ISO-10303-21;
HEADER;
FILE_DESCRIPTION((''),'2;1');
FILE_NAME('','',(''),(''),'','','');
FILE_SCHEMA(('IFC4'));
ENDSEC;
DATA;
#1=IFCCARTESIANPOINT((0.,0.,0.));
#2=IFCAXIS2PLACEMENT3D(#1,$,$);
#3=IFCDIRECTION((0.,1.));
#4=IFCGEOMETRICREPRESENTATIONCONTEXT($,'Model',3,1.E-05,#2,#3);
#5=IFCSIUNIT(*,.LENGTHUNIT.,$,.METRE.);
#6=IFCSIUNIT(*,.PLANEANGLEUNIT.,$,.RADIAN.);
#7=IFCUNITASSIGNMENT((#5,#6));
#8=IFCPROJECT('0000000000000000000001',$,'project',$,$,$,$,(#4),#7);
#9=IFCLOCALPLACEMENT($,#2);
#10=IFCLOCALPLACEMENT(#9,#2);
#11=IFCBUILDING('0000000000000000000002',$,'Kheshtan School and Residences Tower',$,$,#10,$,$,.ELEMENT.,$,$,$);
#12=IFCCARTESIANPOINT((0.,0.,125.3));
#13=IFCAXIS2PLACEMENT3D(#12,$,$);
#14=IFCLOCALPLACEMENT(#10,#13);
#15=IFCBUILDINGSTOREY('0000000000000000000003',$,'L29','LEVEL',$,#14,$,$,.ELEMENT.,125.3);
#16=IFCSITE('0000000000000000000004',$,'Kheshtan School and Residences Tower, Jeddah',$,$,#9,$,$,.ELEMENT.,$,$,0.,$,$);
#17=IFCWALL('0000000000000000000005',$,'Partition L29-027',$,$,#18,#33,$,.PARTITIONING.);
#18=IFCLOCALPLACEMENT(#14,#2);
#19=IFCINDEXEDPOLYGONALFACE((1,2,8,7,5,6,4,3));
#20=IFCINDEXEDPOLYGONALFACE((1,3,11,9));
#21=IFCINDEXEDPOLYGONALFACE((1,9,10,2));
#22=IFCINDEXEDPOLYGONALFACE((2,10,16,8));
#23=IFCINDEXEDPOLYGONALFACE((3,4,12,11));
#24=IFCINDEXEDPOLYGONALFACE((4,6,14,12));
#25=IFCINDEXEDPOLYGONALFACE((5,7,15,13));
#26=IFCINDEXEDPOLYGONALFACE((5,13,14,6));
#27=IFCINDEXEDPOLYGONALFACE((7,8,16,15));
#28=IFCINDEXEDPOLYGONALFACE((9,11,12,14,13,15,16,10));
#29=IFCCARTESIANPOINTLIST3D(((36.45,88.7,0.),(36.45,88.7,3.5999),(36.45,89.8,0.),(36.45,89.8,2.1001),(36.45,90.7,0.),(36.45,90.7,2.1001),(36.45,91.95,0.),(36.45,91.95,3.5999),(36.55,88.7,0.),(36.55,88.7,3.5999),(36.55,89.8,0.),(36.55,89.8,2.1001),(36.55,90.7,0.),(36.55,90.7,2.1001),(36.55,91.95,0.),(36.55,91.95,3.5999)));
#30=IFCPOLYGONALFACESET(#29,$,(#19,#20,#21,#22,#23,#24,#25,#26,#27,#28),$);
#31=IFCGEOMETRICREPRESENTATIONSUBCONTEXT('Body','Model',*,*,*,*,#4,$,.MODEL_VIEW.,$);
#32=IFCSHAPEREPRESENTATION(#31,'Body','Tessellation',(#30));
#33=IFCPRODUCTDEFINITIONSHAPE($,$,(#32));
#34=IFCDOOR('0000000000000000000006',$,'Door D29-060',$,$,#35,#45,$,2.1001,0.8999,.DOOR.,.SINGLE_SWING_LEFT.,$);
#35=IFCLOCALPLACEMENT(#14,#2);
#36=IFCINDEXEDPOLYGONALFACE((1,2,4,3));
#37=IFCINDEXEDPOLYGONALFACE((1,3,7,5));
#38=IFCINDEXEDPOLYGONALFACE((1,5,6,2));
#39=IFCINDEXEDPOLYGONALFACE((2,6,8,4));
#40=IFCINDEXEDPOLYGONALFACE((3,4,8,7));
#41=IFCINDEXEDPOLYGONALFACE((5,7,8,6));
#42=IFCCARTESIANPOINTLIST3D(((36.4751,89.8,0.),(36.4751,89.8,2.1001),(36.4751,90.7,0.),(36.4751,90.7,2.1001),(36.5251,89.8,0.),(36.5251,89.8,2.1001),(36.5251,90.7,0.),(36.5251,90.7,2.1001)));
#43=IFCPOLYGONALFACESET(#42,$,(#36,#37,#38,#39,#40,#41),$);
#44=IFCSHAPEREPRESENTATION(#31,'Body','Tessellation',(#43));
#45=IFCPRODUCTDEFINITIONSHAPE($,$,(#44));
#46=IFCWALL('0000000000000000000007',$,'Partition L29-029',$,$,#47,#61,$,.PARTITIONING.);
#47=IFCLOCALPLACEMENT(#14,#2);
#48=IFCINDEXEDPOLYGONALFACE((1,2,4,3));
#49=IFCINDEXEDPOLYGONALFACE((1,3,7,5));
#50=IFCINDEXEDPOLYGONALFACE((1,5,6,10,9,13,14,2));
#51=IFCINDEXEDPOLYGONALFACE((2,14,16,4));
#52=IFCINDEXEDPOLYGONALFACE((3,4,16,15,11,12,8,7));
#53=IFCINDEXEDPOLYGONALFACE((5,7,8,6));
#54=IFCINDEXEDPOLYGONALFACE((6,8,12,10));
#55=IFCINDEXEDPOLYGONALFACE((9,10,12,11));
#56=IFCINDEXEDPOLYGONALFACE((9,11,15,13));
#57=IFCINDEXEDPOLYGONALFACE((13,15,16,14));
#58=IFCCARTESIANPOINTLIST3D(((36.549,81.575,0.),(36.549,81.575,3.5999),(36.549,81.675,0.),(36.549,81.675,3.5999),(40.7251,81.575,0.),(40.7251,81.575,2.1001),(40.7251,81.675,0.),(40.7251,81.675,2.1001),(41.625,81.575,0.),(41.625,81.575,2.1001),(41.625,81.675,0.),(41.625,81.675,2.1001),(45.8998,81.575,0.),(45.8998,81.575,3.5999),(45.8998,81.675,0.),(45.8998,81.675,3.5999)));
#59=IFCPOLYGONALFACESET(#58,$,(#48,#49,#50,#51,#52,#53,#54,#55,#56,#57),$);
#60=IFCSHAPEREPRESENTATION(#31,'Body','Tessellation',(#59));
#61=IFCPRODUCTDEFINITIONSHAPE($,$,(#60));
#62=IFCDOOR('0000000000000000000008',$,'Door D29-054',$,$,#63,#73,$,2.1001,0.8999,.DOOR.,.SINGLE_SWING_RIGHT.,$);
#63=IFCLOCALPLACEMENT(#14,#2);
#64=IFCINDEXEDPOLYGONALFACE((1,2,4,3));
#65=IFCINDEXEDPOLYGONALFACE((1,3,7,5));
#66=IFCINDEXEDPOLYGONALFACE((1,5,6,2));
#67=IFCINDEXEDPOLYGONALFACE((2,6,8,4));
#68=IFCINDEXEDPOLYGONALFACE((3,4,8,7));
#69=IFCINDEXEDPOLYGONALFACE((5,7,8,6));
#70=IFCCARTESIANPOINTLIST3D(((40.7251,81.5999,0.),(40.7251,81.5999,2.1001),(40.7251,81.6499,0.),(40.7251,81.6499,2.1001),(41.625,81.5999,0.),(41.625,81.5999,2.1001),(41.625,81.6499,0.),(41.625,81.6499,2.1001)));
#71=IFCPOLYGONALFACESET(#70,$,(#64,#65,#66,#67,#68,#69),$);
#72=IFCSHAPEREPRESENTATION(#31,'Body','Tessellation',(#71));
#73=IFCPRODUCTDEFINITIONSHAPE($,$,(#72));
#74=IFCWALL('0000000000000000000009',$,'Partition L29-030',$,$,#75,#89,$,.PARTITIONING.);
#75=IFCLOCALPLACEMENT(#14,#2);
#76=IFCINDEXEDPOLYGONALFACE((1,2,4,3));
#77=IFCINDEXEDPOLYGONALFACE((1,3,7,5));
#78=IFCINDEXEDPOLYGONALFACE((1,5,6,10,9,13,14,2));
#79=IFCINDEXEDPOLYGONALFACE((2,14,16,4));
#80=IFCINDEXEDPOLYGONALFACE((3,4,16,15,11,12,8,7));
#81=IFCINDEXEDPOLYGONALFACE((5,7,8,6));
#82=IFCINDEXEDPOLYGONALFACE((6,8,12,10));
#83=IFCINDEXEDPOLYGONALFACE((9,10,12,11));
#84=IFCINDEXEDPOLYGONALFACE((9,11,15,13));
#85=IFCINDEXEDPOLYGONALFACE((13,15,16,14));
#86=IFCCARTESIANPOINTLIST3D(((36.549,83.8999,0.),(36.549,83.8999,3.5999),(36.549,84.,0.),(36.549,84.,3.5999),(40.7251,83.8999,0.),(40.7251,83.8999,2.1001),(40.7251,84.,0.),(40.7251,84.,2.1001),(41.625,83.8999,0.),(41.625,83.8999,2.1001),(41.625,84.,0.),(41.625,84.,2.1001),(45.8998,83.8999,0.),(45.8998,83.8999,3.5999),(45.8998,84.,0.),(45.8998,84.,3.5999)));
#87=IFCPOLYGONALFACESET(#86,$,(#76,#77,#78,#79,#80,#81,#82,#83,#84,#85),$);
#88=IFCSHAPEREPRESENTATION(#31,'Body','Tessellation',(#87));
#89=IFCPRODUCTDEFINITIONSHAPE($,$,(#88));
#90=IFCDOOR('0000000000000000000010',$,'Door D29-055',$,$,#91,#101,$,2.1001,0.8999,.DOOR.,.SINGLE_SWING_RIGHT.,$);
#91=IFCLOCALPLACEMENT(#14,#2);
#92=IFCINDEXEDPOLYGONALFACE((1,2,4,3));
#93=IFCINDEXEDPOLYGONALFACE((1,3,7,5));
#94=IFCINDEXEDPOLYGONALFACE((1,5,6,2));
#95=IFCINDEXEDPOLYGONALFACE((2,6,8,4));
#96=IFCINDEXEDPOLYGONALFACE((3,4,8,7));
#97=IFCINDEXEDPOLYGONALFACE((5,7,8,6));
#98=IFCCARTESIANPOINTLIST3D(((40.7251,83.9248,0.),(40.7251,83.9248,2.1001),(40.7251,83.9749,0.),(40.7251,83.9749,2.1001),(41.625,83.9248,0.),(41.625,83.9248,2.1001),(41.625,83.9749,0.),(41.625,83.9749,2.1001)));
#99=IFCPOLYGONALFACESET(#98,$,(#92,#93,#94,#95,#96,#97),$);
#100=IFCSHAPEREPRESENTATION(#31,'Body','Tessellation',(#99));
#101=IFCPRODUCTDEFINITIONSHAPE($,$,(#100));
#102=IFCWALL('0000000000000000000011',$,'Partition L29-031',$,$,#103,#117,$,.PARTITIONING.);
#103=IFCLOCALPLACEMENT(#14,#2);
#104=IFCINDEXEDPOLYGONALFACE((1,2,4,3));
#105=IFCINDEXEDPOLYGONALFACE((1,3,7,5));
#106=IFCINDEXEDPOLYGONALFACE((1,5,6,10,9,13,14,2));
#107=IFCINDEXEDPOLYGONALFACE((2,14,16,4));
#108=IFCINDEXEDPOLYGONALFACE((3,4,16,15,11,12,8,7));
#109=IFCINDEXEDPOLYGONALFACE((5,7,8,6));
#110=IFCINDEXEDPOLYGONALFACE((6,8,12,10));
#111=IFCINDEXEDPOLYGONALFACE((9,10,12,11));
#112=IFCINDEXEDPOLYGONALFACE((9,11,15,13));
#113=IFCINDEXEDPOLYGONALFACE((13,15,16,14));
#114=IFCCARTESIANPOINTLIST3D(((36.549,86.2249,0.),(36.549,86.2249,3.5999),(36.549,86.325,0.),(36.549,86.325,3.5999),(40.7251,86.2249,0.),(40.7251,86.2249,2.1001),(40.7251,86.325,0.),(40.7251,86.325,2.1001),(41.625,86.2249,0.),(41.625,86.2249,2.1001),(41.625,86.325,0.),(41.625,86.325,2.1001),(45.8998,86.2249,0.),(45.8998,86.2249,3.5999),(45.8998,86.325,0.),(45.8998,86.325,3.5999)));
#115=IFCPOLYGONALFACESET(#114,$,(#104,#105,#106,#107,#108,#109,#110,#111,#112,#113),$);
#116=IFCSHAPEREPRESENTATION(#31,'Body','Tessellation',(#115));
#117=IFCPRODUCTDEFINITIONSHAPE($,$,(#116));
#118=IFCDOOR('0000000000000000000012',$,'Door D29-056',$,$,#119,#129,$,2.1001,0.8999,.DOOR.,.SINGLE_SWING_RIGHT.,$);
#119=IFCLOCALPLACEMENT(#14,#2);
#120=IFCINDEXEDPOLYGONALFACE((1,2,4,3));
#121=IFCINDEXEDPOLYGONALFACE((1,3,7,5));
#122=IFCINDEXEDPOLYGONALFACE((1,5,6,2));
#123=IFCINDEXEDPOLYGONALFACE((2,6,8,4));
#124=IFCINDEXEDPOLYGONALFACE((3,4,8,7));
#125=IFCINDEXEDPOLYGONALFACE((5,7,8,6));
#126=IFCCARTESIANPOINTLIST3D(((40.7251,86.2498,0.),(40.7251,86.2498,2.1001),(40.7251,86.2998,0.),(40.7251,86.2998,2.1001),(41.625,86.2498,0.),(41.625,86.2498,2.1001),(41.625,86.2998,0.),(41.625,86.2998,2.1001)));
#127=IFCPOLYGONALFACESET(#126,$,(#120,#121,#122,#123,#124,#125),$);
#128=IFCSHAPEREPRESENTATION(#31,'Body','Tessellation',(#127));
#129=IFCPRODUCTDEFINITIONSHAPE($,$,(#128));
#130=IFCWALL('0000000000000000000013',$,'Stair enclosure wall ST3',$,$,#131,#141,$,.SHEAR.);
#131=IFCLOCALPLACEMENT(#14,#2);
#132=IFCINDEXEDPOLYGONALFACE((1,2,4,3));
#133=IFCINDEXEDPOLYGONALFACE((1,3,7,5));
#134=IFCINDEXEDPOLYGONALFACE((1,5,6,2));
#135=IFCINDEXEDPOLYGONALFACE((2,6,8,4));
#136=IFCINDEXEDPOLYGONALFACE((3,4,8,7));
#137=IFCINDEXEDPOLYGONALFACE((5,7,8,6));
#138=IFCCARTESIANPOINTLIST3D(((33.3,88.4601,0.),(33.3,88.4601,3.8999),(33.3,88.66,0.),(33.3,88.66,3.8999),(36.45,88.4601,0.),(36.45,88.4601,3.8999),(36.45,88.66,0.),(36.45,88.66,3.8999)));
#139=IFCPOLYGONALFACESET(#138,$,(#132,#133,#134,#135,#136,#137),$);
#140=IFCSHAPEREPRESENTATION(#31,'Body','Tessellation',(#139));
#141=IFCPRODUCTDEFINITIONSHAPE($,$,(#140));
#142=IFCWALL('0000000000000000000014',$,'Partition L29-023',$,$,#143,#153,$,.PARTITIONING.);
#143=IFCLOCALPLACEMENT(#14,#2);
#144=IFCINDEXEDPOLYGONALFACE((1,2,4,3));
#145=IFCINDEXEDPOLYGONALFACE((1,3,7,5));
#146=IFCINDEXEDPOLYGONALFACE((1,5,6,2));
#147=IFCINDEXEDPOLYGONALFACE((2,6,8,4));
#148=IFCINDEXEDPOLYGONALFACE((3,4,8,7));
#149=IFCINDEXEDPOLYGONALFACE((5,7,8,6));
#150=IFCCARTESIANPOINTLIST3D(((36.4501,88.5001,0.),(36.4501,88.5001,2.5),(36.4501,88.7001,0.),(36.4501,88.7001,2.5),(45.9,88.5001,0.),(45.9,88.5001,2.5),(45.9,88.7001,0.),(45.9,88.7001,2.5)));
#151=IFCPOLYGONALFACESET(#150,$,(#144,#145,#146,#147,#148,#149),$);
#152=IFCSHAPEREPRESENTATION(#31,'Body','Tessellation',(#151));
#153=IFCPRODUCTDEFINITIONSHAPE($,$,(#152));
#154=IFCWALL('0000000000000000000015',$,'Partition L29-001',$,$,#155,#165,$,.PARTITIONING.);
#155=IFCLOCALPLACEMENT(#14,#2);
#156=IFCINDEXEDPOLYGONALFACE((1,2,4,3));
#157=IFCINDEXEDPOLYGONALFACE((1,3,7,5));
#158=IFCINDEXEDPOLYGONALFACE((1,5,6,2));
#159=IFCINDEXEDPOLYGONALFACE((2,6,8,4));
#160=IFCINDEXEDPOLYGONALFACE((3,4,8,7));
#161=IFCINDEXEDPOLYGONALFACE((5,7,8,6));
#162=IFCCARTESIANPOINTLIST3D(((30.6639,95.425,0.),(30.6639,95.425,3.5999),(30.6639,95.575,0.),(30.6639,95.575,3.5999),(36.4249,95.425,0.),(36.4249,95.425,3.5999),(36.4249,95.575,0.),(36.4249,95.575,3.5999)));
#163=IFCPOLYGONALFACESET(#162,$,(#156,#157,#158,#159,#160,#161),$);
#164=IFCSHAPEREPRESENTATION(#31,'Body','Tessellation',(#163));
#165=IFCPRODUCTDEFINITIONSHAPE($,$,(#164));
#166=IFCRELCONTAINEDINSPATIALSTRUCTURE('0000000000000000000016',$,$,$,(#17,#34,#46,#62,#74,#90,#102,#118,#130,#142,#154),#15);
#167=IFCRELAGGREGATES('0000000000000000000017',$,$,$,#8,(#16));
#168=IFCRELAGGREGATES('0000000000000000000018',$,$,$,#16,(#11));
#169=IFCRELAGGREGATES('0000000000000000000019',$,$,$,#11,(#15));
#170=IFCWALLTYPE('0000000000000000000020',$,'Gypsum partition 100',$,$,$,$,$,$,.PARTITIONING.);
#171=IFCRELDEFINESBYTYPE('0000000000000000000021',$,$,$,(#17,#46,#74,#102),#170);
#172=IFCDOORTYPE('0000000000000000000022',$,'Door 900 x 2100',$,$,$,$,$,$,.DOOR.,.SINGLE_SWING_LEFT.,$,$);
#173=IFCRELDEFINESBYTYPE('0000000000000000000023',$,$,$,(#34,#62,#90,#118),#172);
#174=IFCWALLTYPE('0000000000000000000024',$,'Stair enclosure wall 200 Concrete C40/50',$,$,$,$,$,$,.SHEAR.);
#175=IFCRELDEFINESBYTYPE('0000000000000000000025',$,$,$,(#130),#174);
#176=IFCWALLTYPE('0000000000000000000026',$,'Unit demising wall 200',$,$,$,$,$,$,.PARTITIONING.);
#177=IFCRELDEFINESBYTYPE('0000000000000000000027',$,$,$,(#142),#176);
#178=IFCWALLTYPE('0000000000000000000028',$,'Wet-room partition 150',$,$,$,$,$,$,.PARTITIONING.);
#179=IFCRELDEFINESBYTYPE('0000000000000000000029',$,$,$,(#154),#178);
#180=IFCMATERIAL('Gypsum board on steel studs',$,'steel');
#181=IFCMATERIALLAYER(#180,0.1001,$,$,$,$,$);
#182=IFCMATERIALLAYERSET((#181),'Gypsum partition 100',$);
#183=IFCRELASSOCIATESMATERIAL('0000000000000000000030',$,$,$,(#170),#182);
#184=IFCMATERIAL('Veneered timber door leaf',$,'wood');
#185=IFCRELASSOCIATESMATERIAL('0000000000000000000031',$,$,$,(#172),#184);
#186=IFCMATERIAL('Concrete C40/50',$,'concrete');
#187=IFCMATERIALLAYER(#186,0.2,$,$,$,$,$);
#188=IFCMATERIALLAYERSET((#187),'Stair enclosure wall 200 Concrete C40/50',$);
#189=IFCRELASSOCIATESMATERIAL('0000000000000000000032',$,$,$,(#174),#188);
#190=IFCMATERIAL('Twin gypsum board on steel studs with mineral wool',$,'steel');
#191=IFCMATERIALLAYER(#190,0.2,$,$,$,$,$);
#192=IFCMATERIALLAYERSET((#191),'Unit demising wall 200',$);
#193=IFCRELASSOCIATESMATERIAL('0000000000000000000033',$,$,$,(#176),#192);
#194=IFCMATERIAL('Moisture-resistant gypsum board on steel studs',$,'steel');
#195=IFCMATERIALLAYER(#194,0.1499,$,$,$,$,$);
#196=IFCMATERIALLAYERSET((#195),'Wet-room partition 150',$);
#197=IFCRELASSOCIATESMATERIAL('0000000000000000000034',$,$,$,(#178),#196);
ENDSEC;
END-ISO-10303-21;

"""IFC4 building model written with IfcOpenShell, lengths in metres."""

from ifc_helpers import new_model, si_unit, direction, frame, frame_2d, origin, place, context, subcontext, project, spatial, rectangle, extrude, source, transform, mapped, material, layer, layer_set, type_object, element, fill, save


model = new_model("IFC4")

# Units and contexts
model_context = context("Model", 3, precision=1e-05, world=origin(), true_north=direction((0.0, 1.0)))
body_context = subcontext(model_context, "Body", "Model", "MODEL_VIEW")
ifc_project = project(units=[si_unit("LENGTHUNIT", "METRE"), si_unit("PLANEANGLEUNIT", "RADIAN")], contexts=[model_context])

# Site, building, storey
site_placement = place(None, origin())
site = spatial("IfcSite", under=ifc_project, at=site_placement, Name="Kheshtan School and Residences Tower, Jeddah", CompositionType="ELEMENT", RefElevation=0.0)
building_placement = place(site_placement, origin())
building = spatial("IfcBuilding", under=site, at=building_placement, Name="Kheshtan School and Residences Tower", CompositionType="ELEMENT")
storey_placement = place(building_placement, frame((0.0, 0.0, 125.3)))
storey = spatial("IfcBuildingStorey", under=building, at=storey_placement, Name="L29", Description="LEVEL", CompositionType="ELEMENT", Elevation=125.3)

# Shared definitions
ifc_material_1 = material(Name="Gypsum board on steel studs", Category="steel")
ifc_layer_1 = layer(ifc_material_1, 0.1001)
ifc_layer_set_1 = layer_set([ifc_layer_1], Name="Gypsum partition 100")
wall_type_1 = type_object("IfcWallType", Name="Gypsum partition 100", PredefinedType="PARTITIONING", material=ifc_layer_set_1)

# Walls, openings, doors
wall_1_placement = place(storey_placement, frame((36.5, 88.7, 0.0), z_axis=(0.0, 0.0, 1.0), x_axis=(0.0, 1.0, 0.0)))
wall_1 = element("IfcWall", 1, at=wall_1_placement, inside=storey, type_object=wall_type_1, Name="Partition L29-027", PredefinedType="PARTITIONING", context=body_context, shape_type="SweptSolid", body=[
    extrude(rectangle(XDim=3.25, YDim=0.1001, at=frame_2d((1.625, 0.0))), origin(), (0.0, 0.0, 1.0), 3.5999),
])
opening_1_placement = place(wall_1_placement, frame((1.1001, 0.0, 0.0)))
opening_1 = element("IfcOpeningElement", 2, at=opening_1_placement, cuts=wall_1, PredefinedType="OPENING", context=body_context, shape_type="SweptSolid", body=[
    extrude(rectangle(XDim=0.8999, YDim=2.1001, at=frame_2d((0.45, 1.05))), frame((0.0, 0.0601, 0.0), z_axis=(0.0, -1.0, 0.0), x_axis=(1.0, 0.0, 0.0)), (0.0, 0.0, 1.0), 0.1201),
])
ifc_material_2 = material(Name="Veneered timber door leaf", Category="wood")
door_type_1 = type_object("IfcDoorType", Name="Door 900 x 2100", OperationType="SINGLE_SWING_LEFT", PredefinedType="DOOR", material=ifc_material_2)
shared_shape_1 = source(origin(), body_context, "Body", "SweptSolid", [
    extrude(rectangle(XDim=0.8999, YDim=2.1001, at=frame_2d((0.45, 1.05))), frame((0.0, 0.0249, 0.0), z_axis=(0.0, -1.0, 0.0), x_axis=(1.0, 0.0, 0.0)), (0.0, 0.0, 1.0), 0.05),
])
door_1_placement = place(opening_1_placement, origin())
door_1 = element("IfcDoor", 3, at=door_1_placement, inside=storey, type_object=door_type_1, Name="Door D29-060", OperationType="SINGLE_SWING_LEFT", OverallHeight=2.1001, OverallWidth=0.8999, PredefinedType="DOOR", context=body_context, shape_type="MappedRepresentation", body=[
    mapped(shared_shape_1, transform((0.0, 0.0, 0.0), x_axis=(1.0, 0.0, 0.0), y_axis=(0.0, 1.0, 0.0), z_axis=(0.0, 0.0, 1.0), scale=1.0)),
])
fill(opening_1, door_1)
wall_2_placement = place(storey_placement, frame((36.5491, 81.625, 0.0), z_axis=(0.0, 0.0, 1.0), x_axis=(1.0, 0.0, 0.0)))
wall_2 = element("IfcWall", 4, at=wall_2_placement, inside=storey, type_object=wall_type_1, Name="Partition L29-029", PredefinedType="PARTITIONING", context=body_context, shape_type="SweptSolid", body=[
    extrude(rectangle(XDim=9.3508, YDim=0.1001, at=frame_2d((4.6753, 0.0))), origin(), (0.0, 0.0, 1.0), 3.5999),
])
opening_2_placement = place(wall_2_placement, frame((4.176, 0.0, 0.0)))
opening_2 = element("IfcOpeningElement", 5, at=opening_2_placement, cuts=wall_2, PredefinedType="OPENING", context=body_context, shape_type="SweptSolid", body=[
    extrude(rectangle(XDim=0.8999, YDim=2.1001, at=frame_2d((0.45, 1.05))), frame((0.0, 0.0601, 0.0), z_axis=(0.0, -1.0, 0.0), x_axis=(1.0, 0.0, 0.0)), (0.0, 0.0, 1.0), 0.1201),
])
door_2_placement = place(opening_2_placement, origin())
door_2 = element("IfcDoor", 6, at=door_2_placement, inside=storey, type_object=door_type_1, Name="Door D29-054", OperationType="SINGLE_SWING_RIGHT", OverallHeight=2.1001, OverallWidth=0.8999, PredefinedType="DOOR", context=body_context, shape_type="MappedRepresentation", body=[
    mapped(shared_shape_1, transform((0.0, 0.0, 0.0), x_axis=(1.0, 0.0, 0.0), y_axis=(0.0, 1.0, 0.0), z_axis=(0.0, 0.0, 1.0), scale=1.0)),
])
fill(opening_2, door_2)
wall_3_placement = place(storey_placement, frame((36.5491, 83.95, 0.0), z_axis=(0.0, 0.0, 1.0), x_axis=(1.0, 0.0, 0.0)))
wall_3 = element("IfcWall", 7, at=wall_3_placement, inside=storey, type_object=wall_type_1, Name="Partition L29-030", PredefinedType="PARTITIONING", context=body_context, shape_type="SweptSolid", body=[
    extrude(rectangle(XDim=9.3508, YDim=0.1001, at=frame_2d((4.6753, 0.0))), origin(), (0.0, 0.0, 1.0), 3.5999),
])
opening_3_placement = place(wall_3_placement, frame((4.176, 0.0, 0.0)))
opening_3 = element("IfcOpeningElement", 8, at=opening_3_placement, cuts=wall_3, PredefinedType="OPENING", context=body_context, shape_type="SweptSolid", body=[
    extrude(rectangle(XDim=0.8999, YDim=2.1001, at=frame_2d((0.45, 1.05))), frame((0.0, 0.0601, 0.0), z_axis=(0.0, -1.0, 0.0), x_axis=(1.0, 0.0, 0.0)), (0.0, 0.0, 1.0), 0.1201),
])
door_3_placement = place(opening_3_placement, origin())
door_3 = element("IfcDoor", 9, at=door_3_placement, inside=storey, type_object=door_type_1, Name="Door D29-055", OperationType="SINGLE_SWING_RIGHT", OverallHeight=2.1001, OverallWidth=0.8999, PredefinedType="DOOR", context=body_context, shape_type="MappedRepresentation", body=[
    mapped(shared_shape_1, transform((0.0, 0.0, 0.0), x_axis=(1.0, 0.0, 0.0), y_axis=(0.0, 1.0, 0.0), z_axis=(0.0, 0.0, 1.0), scale=1.0)),
])
fill(opening_3, door_3)
wall_4_placement = place(storey_placement, frame((36.5491, 86.2749, 0.0), z_axis=(0.0, 0.0, 1.0), x_axis=(1.0, 0.0, 0.0)))
wall_4 = element("IfcWall", 10, at=wall_4_placement, inside=storey, type_object=wall_type_1, Name="Partition L29-031", PredefinedType="PARTITIONING", context=body_context, shape_type="SweptSolid", body=[
    extrude(rectangle(XDim=9.3508, YDim=0.1001, at=frame_2d((4.6753, 0.0))), origin(), (0.0, 0.0, 1.0), 3.5999),
])
opening_4_placement = place(wall_4_placement, frame((4.176, 0.0, 0.0)))
opening_4 = element("IfcOpeningElement", 11, at=opening_4_placement, cuts=wall_4, PredefinedType="OPENING", context=body_context, shape_type="SweptSolid", body=[
    extrude(rectangle(XDim=0.8999, YDim=2.1001, at=frame_2d((0.45, 1.05))), frame((0.0, 0.0601, 0.0), z_axis=(0.0, -1.0, 0.0), x_axis=(1.0, 0.0, 0.0)), (0.0, 0.0, 1.0), 0.1201),
])
door_4_placement = place(opening_4_placement, origin())
door_4 = element("IfcDoor", 12, at=door_4_placement, inside=storey, type_object=door_type_1, Name="Door D29-056", OperationType="SINGLE_SWING_RIGHT", OverallHeight=2.1001, OverallWidth=0.8999, PredefinedType="DOOR", context=body_context, shape_type="MappedRepresentation", body=[
    mapped(shared_shape_1, transform((0.0, 0.0, 0.0), x_axis=(1.0, 0.0, 0.0), y_axis=(0.0, 1.0, 0.0), z_axis=(0.0, 0.0, 1.0), scale=1.0)),
])
fill(opening_4, door_4)

# Walls
ifc_material_3 = material(Name="Concrete C40/50", Category="concrete")
ifc_layer_2 = layer(ifc_material_3, 0.2)
ifc_layer_set_2 = layer_set([ifc_layer_2], Name="Stair enclosure wall 200 Concrete C40/50")
wall_type_2 = type_object("IfcWallType", Name="Stair enclosure wall 200 Concrete C40/50", PredefinedType="SHEAR", material=ifc_layer_set_2)
wall_5_placement = place(storey_placement, frame((33.3, 88.5601, 0.0), z_axis=(0.0, 0.0, 1.0), x_axis=(1.0, 0.0, 0.0)))
element("IfcWall", 13, at=wall_5_placement, inside=storey, type_object=wall_type_2, Name="Stair enclosure wall ST3", PredefinedType="SHEAR", context=body_context, shape_type="SweptSolid", body=[
    extrude(rectangle(XDim=3.1499, YDim=0.2, at=frame_2d((1.575, 0.0))), origin(), (0.0, 0.0, 1.0), 3.8999),
])
ifc_material_4 = material(Name="Twin gypsum board on steel studs with mineral wool", Category="steel")
ifc_layer_3 = layer(ifc_material_4, 0.2)
ifc_layer_set_3 = layer_set([ifc_layer_3], Name="Unit demising wall 200")
wall_type_3 = type_object("IfcWallType", Name="Unit demising wall 200", PredefinedType="PARTITIONING", material=ifc_layer_set_3)
wall_6_placement = place(storey_placement, frame((36.45, 88.6001, 0.0), z_axis=(0.0, 0.0, 1.0), x_axis=(1.0, 0.0, 0.0)))
element("IfcWall", 14, at=wall_6_placement, inside=storey, type_object=wall_type_3, Name="Partition L29-023", PredefinedType="PARTITIONING", context=body_context, shape_type="SweptSolid", body=[
    extrude(rectangle(XDim=9.45, YDim=0.2, at=frame_2d((4.7251, 0.0))), origin(), (0.0, 0.0, 1.0), 2.5),
])
ifc_material_5 = material(Name="Moisture-resistant gypsum board on steel studs", Category="steel")
ifc_layer_4 = layer(ifc_material_5, 0.1499)
ifc_layer_set_4 = layer_set([ifc_layer_4], Name="Wet-room partition 150")
wall_type_4 = type_object("IfcWallType", Name="Wet-room partition 150", PredefinedType="PARTITIONING", material=ifc_layer_set_4)
wall_7_placement = place(storey_placement, frame((30.6641, 95.5, 0.0), z_axis=(0.0, 0.0, 1.0), x_axis=(1.0, 0.0, 0.0)))
element("IfcWall", 15, at=wall_7_placement, inside=storey, type_object=wall_type_4, Name="Partition L29-001", PredefinedType="PARTITIONING", context=body_context, shape_type="SweptSolid", body=[
    extrude(rectangle(XDim=5.761, YDim=0.1499, at=frame_2d((2.8804, 0.0))), origin(), (0.0, 0.0, 1.0), 3.5999),
])

save(model, "model.ifc")
